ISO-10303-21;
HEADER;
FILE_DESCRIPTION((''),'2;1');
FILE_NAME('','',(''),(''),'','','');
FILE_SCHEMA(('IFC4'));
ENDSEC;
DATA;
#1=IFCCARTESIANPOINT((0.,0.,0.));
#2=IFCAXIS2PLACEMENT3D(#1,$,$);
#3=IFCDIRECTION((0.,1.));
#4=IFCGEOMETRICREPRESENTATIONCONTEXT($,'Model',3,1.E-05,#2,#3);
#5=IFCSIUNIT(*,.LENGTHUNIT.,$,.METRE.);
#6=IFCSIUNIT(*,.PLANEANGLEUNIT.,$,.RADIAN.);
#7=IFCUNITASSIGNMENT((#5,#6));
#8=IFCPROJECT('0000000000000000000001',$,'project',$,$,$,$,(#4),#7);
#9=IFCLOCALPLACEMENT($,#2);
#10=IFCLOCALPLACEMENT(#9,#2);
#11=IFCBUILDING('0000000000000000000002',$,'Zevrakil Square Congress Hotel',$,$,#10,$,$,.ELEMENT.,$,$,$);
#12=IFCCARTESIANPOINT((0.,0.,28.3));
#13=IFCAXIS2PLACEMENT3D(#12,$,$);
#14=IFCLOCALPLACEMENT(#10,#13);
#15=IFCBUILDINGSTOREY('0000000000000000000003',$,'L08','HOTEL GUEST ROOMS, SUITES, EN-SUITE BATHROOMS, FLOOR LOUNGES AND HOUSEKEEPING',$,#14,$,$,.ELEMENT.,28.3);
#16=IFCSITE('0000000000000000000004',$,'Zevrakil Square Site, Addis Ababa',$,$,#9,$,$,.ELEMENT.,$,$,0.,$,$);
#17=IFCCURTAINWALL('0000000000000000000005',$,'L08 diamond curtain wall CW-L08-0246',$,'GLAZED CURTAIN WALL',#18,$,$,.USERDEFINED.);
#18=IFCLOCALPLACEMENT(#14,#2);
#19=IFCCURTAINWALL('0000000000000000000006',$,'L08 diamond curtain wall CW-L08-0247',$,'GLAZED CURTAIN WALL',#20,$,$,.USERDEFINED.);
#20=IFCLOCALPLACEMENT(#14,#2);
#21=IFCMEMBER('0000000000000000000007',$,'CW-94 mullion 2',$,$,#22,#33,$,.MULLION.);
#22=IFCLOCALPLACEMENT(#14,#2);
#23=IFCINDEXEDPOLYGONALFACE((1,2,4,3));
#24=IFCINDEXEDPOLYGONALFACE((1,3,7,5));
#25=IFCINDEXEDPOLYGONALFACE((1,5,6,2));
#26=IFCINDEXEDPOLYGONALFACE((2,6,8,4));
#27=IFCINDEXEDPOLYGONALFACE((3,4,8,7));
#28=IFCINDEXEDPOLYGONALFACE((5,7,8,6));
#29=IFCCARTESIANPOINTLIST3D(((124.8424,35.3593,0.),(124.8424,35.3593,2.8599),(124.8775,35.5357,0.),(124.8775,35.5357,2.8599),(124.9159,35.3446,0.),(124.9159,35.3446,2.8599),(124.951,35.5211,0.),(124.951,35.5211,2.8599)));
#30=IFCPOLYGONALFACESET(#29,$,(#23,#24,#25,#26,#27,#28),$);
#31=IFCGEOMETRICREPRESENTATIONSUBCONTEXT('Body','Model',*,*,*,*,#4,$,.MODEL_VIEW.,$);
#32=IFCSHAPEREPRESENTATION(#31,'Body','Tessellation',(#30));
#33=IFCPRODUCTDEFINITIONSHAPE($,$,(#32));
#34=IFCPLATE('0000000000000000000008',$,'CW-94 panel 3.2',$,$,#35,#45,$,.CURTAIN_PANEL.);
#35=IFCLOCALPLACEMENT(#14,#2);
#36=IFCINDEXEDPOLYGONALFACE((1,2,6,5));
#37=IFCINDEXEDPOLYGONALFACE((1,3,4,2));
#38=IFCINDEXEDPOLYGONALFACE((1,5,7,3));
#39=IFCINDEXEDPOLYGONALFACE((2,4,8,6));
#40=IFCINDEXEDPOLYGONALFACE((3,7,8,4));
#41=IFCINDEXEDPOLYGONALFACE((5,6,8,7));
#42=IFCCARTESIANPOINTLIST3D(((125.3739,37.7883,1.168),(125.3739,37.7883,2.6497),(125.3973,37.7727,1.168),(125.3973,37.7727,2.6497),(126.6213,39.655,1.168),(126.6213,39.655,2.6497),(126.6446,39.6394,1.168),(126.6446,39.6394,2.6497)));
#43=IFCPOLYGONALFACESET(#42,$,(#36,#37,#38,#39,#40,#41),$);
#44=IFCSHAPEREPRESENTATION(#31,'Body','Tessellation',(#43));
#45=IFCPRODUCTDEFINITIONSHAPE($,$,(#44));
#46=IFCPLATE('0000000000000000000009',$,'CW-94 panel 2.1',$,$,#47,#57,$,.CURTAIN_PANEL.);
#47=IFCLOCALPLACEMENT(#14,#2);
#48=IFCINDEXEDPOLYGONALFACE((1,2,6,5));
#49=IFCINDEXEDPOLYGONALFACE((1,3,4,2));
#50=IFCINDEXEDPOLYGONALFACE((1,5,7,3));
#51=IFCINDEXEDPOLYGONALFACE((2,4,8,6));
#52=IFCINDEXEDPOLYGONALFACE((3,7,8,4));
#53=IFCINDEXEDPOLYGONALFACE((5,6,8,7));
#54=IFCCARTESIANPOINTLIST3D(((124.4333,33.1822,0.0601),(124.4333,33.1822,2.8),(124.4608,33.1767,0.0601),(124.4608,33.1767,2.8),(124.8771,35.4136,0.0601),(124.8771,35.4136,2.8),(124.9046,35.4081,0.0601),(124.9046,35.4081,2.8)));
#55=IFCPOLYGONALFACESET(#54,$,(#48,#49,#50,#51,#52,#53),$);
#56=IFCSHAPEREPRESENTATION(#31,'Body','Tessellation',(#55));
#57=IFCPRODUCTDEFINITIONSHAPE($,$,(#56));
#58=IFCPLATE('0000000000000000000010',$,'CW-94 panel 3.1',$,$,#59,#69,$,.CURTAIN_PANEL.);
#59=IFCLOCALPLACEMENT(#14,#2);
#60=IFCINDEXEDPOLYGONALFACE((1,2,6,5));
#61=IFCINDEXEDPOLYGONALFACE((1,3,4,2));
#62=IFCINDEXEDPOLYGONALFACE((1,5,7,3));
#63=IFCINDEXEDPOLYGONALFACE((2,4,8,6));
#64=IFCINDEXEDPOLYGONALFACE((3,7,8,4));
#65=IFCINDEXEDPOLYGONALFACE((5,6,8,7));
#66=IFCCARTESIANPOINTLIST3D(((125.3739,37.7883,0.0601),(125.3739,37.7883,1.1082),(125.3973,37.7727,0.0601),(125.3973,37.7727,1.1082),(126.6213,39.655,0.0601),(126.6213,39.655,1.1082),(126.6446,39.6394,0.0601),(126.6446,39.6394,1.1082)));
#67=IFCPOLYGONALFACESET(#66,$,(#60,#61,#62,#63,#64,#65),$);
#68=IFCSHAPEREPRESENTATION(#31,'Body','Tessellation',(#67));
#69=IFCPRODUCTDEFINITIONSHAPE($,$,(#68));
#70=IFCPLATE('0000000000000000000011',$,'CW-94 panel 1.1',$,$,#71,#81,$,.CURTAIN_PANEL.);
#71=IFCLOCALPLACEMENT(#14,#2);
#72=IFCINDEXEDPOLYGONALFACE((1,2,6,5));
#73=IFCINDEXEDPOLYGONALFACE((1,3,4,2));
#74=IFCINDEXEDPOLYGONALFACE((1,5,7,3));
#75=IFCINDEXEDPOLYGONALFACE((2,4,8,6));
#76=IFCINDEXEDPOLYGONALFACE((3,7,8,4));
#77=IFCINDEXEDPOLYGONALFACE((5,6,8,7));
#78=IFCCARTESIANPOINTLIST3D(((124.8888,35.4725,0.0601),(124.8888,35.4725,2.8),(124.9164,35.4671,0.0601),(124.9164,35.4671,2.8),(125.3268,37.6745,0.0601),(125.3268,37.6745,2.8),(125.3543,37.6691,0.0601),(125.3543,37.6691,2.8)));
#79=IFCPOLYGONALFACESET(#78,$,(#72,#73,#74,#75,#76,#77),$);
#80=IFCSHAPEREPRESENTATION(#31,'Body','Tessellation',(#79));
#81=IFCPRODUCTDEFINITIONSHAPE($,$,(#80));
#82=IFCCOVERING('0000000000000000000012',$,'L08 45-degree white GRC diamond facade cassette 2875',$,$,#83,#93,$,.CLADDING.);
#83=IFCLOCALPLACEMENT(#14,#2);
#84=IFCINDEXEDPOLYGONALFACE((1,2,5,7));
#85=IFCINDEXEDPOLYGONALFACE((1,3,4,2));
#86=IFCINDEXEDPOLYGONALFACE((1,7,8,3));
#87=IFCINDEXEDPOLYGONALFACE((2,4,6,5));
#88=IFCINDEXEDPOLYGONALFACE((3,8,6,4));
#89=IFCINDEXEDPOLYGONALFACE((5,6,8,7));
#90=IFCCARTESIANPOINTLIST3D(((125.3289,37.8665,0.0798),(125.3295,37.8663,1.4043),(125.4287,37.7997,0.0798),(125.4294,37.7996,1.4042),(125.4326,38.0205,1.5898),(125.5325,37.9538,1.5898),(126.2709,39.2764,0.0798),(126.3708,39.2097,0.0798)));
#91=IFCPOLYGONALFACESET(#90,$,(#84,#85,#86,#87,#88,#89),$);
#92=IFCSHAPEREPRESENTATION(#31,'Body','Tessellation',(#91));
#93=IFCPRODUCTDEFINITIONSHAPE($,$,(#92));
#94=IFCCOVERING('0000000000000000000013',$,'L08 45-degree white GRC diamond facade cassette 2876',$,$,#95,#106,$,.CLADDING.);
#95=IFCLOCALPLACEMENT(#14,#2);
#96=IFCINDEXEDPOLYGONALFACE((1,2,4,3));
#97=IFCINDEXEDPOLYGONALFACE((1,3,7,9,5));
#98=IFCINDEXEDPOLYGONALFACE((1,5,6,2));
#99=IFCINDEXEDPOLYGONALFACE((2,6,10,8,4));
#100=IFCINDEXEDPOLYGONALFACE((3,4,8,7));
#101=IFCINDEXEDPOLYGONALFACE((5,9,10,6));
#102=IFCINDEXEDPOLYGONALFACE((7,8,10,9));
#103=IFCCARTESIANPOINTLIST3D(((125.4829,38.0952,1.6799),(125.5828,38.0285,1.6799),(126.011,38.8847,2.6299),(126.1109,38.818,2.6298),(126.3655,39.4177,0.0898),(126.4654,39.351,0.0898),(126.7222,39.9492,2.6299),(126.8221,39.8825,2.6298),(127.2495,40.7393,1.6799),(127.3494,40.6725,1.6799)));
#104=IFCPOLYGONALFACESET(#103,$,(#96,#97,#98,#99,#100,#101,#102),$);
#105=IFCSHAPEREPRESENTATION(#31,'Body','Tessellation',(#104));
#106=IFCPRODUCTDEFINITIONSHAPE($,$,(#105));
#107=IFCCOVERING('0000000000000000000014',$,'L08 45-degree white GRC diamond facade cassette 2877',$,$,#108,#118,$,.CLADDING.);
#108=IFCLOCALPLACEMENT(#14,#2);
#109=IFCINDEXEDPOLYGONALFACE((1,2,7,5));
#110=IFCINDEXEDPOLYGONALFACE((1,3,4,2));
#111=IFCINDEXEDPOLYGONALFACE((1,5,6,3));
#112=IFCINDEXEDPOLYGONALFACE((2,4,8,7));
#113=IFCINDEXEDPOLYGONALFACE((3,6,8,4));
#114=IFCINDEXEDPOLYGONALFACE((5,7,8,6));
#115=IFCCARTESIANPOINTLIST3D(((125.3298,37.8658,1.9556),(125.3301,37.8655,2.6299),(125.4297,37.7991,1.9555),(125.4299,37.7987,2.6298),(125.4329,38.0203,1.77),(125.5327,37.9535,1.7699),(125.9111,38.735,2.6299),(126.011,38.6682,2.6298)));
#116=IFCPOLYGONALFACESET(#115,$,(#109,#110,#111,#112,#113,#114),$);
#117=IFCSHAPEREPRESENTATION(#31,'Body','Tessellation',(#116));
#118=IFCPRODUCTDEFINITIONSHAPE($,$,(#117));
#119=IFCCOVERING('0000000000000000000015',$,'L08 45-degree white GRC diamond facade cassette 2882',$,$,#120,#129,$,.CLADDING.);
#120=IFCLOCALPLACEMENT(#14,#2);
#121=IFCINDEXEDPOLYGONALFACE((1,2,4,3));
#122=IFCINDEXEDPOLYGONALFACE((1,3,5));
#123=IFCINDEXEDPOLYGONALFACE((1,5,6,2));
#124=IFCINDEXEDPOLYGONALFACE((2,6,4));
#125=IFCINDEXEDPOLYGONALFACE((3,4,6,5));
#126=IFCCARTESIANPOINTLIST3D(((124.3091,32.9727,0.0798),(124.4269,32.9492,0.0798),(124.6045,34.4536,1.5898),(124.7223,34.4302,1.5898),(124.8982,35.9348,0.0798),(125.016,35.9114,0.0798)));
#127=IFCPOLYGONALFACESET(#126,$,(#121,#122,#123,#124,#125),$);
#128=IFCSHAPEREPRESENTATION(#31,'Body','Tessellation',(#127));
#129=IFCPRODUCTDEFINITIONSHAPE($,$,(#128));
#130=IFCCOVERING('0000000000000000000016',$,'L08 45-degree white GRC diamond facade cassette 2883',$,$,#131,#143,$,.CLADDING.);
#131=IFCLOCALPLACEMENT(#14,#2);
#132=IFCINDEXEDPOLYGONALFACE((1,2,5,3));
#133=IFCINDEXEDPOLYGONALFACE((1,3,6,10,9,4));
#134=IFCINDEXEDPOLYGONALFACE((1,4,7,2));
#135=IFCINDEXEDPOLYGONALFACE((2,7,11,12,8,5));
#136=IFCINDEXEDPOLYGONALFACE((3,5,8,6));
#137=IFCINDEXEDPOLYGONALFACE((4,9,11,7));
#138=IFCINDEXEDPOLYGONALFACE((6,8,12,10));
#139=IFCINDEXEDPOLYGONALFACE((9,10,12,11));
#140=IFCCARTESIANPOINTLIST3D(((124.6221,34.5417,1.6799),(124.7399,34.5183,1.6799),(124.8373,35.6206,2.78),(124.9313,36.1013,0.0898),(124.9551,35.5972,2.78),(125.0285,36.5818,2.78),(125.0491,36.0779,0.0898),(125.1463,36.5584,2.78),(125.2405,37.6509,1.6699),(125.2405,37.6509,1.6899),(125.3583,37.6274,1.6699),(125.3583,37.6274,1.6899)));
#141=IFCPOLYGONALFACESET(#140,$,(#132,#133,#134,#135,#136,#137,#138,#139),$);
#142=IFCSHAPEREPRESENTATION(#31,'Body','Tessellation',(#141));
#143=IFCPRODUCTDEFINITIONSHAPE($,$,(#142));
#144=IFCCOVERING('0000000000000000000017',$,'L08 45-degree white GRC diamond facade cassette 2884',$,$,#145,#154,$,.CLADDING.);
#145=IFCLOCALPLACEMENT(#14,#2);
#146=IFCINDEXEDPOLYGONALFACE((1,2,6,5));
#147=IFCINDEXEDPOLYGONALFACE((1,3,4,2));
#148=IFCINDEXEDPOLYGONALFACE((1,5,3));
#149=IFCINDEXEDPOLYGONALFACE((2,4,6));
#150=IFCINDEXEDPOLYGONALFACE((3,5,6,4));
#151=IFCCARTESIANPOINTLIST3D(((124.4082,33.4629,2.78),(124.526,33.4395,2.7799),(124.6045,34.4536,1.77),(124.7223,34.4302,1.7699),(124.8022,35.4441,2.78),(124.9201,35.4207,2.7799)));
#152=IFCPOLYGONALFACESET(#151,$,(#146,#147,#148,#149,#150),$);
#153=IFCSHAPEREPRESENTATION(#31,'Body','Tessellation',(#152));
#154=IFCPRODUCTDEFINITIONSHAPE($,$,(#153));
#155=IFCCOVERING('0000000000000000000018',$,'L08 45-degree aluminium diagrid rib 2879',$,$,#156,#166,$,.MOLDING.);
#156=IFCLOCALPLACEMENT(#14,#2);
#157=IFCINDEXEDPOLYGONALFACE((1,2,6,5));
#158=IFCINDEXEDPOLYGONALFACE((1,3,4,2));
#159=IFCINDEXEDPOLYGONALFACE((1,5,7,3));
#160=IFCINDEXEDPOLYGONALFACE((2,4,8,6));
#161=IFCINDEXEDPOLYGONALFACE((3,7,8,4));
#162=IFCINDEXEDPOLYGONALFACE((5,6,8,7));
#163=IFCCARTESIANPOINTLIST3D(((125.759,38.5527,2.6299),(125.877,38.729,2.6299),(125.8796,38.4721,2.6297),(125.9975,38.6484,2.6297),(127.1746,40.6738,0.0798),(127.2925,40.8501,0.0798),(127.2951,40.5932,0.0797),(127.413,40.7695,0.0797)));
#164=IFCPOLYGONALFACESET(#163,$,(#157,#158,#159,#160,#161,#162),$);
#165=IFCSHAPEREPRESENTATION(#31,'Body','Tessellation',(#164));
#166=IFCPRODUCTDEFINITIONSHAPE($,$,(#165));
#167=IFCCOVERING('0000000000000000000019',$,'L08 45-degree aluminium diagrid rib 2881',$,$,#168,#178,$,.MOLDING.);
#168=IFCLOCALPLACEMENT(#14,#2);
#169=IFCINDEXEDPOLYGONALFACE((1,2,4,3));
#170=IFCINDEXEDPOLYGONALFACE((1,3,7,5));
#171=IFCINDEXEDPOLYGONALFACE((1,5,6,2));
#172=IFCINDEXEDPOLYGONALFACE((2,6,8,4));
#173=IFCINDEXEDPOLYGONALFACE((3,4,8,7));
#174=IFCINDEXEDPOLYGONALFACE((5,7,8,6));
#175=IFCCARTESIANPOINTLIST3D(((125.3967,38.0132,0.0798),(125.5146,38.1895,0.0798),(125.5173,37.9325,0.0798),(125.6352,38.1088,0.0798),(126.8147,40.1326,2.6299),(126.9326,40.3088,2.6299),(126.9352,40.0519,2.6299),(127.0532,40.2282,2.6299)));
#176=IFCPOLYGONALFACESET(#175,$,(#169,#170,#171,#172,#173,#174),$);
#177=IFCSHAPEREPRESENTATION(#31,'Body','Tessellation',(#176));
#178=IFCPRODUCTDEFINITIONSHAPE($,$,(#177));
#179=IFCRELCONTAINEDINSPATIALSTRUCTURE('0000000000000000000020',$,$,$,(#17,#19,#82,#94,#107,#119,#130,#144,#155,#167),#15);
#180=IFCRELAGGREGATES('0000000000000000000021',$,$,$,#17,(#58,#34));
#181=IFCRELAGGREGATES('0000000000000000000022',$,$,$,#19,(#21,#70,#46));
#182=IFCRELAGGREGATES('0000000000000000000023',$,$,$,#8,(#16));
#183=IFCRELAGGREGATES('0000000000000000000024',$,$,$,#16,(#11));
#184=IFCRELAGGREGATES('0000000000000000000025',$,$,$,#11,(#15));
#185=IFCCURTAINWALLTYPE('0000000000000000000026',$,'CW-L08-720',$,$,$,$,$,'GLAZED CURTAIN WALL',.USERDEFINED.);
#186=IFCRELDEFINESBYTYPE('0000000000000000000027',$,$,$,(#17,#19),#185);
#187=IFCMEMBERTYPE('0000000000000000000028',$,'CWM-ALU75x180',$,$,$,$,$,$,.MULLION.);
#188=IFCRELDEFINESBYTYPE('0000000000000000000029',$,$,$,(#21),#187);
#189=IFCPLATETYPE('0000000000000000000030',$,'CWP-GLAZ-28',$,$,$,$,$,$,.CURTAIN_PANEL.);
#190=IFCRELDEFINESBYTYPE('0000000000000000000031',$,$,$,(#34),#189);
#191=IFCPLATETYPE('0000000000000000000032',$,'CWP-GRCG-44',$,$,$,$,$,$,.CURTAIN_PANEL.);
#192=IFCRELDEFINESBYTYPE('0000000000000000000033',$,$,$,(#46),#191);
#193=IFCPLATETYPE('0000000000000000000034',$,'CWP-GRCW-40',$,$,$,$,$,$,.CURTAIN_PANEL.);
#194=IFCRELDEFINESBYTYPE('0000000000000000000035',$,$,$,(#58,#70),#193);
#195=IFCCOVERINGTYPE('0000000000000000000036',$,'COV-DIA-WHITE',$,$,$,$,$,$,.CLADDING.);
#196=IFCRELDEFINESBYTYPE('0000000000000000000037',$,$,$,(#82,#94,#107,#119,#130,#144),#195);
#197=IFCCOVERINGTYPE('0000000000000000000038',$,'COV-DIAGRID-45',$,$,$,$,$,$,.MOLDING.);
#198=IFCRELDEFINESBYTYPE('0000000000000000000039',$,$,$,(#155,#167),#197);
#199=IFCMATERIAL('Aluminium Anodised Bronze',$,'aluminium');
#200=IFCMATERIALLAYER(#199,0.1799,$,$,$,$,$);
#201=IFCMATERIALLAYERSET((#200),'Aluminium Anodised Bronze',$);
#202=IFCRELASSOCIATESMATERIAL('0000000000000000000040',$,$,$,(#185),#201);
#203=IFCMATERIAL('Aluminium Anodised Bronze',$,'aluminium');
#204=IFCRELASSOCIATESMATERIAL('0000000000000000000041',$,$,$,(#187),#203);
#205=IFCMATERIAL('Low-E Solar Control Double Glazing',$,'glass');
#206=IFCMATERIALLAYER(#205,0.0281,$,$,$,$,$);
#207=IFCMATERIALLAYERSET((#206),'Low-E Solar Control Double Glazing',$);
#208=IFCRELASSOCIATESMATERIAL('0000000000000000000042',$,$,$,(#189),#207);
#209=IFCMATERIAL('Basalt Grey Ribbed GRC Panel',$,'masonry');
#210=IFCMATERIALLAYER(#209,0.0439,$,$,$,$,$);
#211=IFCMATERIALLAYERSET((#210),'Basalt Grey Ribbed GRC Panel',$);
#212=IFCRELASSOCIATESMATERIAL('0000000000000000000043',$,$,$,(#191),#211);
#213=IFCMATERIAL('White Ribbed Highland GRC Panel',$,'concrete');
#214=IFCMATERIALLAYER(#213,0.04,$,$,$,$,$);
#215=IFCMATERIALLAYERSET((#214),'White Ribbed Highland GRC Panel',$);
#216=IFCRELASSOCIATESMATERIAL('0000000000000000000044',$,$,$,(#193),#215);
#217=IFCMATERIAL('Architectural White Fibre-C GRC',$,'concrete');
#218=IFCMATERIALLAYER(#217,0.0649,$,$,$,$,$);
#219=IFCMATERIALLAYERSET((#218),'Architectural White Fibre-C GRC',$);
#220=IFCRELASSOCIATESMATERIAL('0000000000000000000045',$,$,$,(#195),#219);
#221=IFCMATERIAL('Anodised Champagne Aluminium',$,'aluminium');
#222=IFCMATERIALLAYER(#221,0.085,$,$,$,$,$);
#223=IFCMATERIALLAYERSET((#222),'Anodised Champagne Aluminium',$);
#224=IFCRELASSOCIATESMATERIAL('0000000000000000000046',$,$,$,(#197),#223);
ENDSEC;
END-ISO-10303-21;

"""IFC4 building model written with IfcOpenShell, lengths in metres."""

from ifc_helpers import new_model, si_unit, direction, frame, origin, origin_2d, place, context, subcontext, project, spatial, polyline, rectangle, outline, extrude, material, layer, layer_set, material_profile, profile_set, type_object, element, aggregate, save


model = new_model("IFC4")

# Units and contexts
model_context = context("Model", 3, precision=1e-05, world=origin(), true_north=direction((0.0, 1.0)))
body_context = subcontext(model_context, "Body", "Model", "MODEL_VIEW")
ifc_project = project(units=[si_unit("LENGTHUNIT", "METRE"), si_unit("PLANEANGLEUNIT", "RADIAN")], contexts=[model_context])

# Site, building, storey
site_placement = place(None, origin())
site = spatial("IfcSite", under=ifc_project, at=site_placement, Name="Zevrakil Square Site, Addis Ababa", CompositionType="ELEMENT", RefElevation=0.0)
building_placement = place(site_placement, origin())
building = spatial("IfcBuilding", under=site, at=building_placement, Name="Zevrakil Square Congress Hotel", CompositionType="ELEMENT")
storey_placement = place(building_placement, frame((0.0, 0.0, 28.3)))
storey = spatial("IfcBuildingStorey", under=building, at=storey_placement, Name="L08", Description="HOTEL GUEST ROOMS, SUITES, EN-SUITE BATHROOMS, FLOOR LOUNGES AND HOUSEKEEPING", CompositionType="ELEMENT", Elevation=28.3)

# Curtain walls
ifc_material_1 = material(Name="Aluminium Anodised Bronze", Category="aluminium")
ifc_layer_1 = layer(ifc_material_1, 0.1799)
ifc_layer_set_1 = layer_set([ifc_layer_1], Name="Aluminium Anodised Bronze")
curtain_wall_type = type_object("IfcCurtainWallType", Name="CW-L08-720", ElementType="GLAZED CURTAIN WALL", PredefinedType="USERDEFINED", material=ifc_layer_set_1)
curtain_wall_1_placement = place(storey_placement, origin())
curtain_wall_1 = element("IfcCurtainWall", 1, at=curtain_wall_1_placement, inside=storey, type_object=curtain_wall_type, Name="L08 diamond curtain wall CW-L08-0246", ObjectType="GLAZED CURTAIN WALL", PredefinedType="USERDEFINED")
curtain_wall_2_placement = place(storey_placement, origin())
curtain_wall_2 = element("IfcCurtainWall", 2, at=curtain_wall_2_placement, inside=storey, type_object=curtain_wall_type, Name="L08 diamond curtain wall CW-L08-0247", ObjectType="GLAZED CURTAIN WALL", PredefinedType="USERDEFINED")

# Member
ifc_material_2 = material(Name="Aluminium Anodised Bronze", Category="aluminium")
ifc_material_profile_1 = material_profile(ifc_material_2, rectangle(XDim=0.075, YDim=0.1799, at=origin_2d()), Name="ALU 75x180")
ifc_profile_set_1 = profile_set([ifc_material_profile_1], Name="Aluminium Anodised Bronze")
member_type_1 = type_object("IfcMemberType", Name="CWM-ALU75x180", PredefinedType="MULLION", material=ifc_profile_set_1)
member_1_placement = place(storey_placement, frame((124.8967, 35.4402, 0.0), z_axis=(0.0, 0.0, 1.0), x_axis=(0.980787, -0.195084, 0.0)))
member_1 = element("IfcMember", 3, at=member_1_placement, type_object=member_type_1, Name="CW-94 mullion 2", PredefinedType="MULLION", context=body_context, shape_type="SweptSolid", body=[
    extrude(rectangle(XDim=0.075, YDim=0.1799, at=origin_2d()), origin(), (0.0, 0.0, 1.0), 2.8599),
])

# Plates
ifc_material_3 = material(Name="Low-E Solar Control Double Glazing", Category="glass")
ifc_layer_2 = layer(ifc_material_3, 0.0281)
ifc_layer_set_2 = layer_set([ifc_layer_2], Name="Low-E Solar Control Double Glazing")
plate_type_1 = type_object("IfcPlateType", Name="CWP-GLAZ-28", PredefinedType="CURTAIN_PANEL", material=ifc_layer_set_2)
plate_1_placement = place(storey_placement, frame((126.0093, 38.7139, 1.168), z_axis=(0.0, 0.0, 1.0), x_axis=(-0.555576, -0.831466, 0.0)))
plate_1 = element("IfcPlate", 4, at=plate_1_placement, type_object=plate_type_1, Name="CW-94 panel 3.2", PredefinedType="CURTAIN_PANEL", context=body_context, shape_type="SweptSolid", body=[
    extrude(rectangle(XDim=2.2451, YDim=0.0281, at=origin_2d()), origin(), (0.0, 0.0, 1.0), 1.4817),
])
ifc_material_4 = material(Name="Basalt Grey Ribbed GRC Panel", Category="masonry")
ifc_layer_3 = layer(ifc_material_4, 0.0439)
ifc_layer_set_3 = layer_set([ifc_layer_3], Name="Basalt Grey Ribbed GRC Panel")
plate_type_2 = type_object("IfcPlateType", Name="CWP-GRCG-44", PredefinedType="CURTAIN_PANEL", material=ifc_layer_set_3)
plate_2_placement = place(storey_placement, frame((124.6689, 34.2952, 0.0601), z_axis=(0.0, 0.0, 1.0), x_axis=(-0.195084, -0.980787, 0.0)))
plate_2 = element("IfcPlate", 5, at=plate_2_placement, type_object=plate_type_2, Name="CW-94 panel 2.1", PredefinedType="CURTAIN_PANEL", context=body_context, shape_type="SweptSolid", body=[
    extrude(rectangle(XDim=2.2751, YDim=0.0281, at=origin_2d()), origin(), (0.0, 0.0, 1.0), 2.74),
])
ifc_material_5 = material(Name="White Ribbed Highland GRC Panel", Category="concrete")
ifc_layer_4 = layer(ifc_material_5, 0.04)
ifc_layer_set_4 = layer_set([ifc_layer_4], Name="White Ribbed Highland GRC Panel")
plate_type_3 = type_object("IfcPlateType", Name="CWP-GRCW-40", PredefinedType="CURTAIN_PANEL", material=ifc_layer_set_4)
plate_3_placement = place(storey_placement, frame((126.0093, 38.7139, 0.0601), z_axis=(0.0, 0.0, 1.0), x_axis=(-0.555576, -0.831466, 0.0)))
plate_3 = element("IfcPlate", 6, at=plate_3_placement, type_object=plate_type_3, Name="CW-94 panel 3.1", PredefinedType="CURTAIN_PANEL", context=body_context, shape_type="SweptSolid", body=[
    extrude(rectangle(XDim=2.2451, YDim=0.0281, at=origin_2d()), origin(), (0.0, 0.0, 1.0), 1.0481),
])
aggregate(curtain_wall_1, [plate_3, plate_1])
plate_4_placement = place(storey_placement, frame((125.1216, 36.5708, 0.0601), z_axis=(0.0, 0.0, 1.0), x_axis=(-0.195084, -0.980787, 0.0)))
plate_4 = element("IfcPlate", 7, at=plate_4_placement, type_object=plate_type_3, Name="CW-94 panel 1.1", PredefinedType="CURTAIN_PANEL", context=body_context, shape_type="SweptSolid", body=[
    extrude(rectangle(XDim=2.2451, YDim=0.0281, at=origin_2d()), origin(), (0.0, 0.0, 1.0), 2.74),
])
aggregate(curtain_wall_2, [member_1, plate_4, plate_2])

# Coverings
ifc_material_6 = material(Name="Architectural White Fibre-C GRC", Category="concrete")
ifc_layer_5 = layer(ifc_material_6, 0.0649)
ifc_layer_set_5 = layer_set([ifc_layer_5], Name="Architectural White Fibre-C GRC")
covering_type_1 = type_object("IfcCoveringType", Name="COV-DIA-WHITE", PredefinedType="CLADDING", material=ifc_layer_set_5)
covering_1_placement = place(storey_placement, frame((125.4326, 38.0205, 1.5898), z_axis=(-0.831496, 0.555531, 0.00046), x_axis=(-0.393074, -0.587752, -0.707135)))
element("IfcCovering", 8, at=covering_1_placement, inside=storey, type_object=covering_type_1, Name="L08 45-degree white GRC diamond facade cassette 2875", PredefinedType="CLADDING", context=body_context, shape_type="SweptSolid", body=[
    extrude(outline(polyline([(0.0, 0.0), (0.2624, 0.0), (1.1991, -0.9364), (0.0001, -2.1355), (0.0, 0.0)])), origin(), (0.0, 0.0, -1.0), 0.1201),
])
covering_2_placement = place(storey_placement, frame((125.4829, 38.0952, 1.6799), z_axis=(-0.831484, 0.555548, 0.000512), x_axis=(0.392514, 0.588125, -0.707136)))
element("IfcCovering", 9, at=covering_2_placement, inside=storey, type_object=covering_type_1, Name="L08 45-degree white GRC diamond facade cassette 2876", PredefinedType="CLADDING", context=body_context, shape_type="SweptSolid", body=[
    extrude(outline(polyline([(0.0, 0.0), (2.2486, 0.0), (2.2484, -2.2486), (0.9051, -2.2486), (-0.0001, -1.3434), (0.0, 0.0)])), origin(), (0.0, 0.0, -1.0), 0.1201),
])
covering_3_placement = place(storey_placement, frame((125.4329, 38.0203, 1.77), z_axis=(-0.831448, 0.555602, 0.000628), x_axis=(0.393259, 0.587705, 0.707072)))
element("IfcCovering", 10, at=covering_3_placement, inside=storey, type_object=covering_type_1, Name="L08 45-degree white GRC diamond facade cassette 2877", PredefinedType="CLADDING", context=body_context, shape_type="SweptSolid", body=[
    extrude(outline(polyline([(0.0, 0.0), (1.2161, 0.0), (0.4766, -0.7394), (-0.0001, -0.2625), (0.0, 0.0)])), origin(), (0.0, 0.0, -1.0), 0.1201),
])
covering_4_placement = place(storey_placement, frame((124.6045, 34.4536, 1.5898), z_axis=(-0.980791, 0.195059, 0.000571), x_axis=(-0.138329, -0.693474, -0.707078)))
element("IfcCovering", 11, at=covering_4_placement, inside=storey, type_object=covering_type_1, Name="L08 45-degree white GRC diamond facade cassette 2882", PredefinedType="CLADDING", context=body_context, shape_type="SweptSolid", body=[
    extrude(outline(polyline([(0.0, 0.0), (2.1356, 0.0), (-0.0001, -2.1355), (0.0, 0.0)])), origin(), (0.0, 0.0, -1.0), 0.1201),
])
covering_5_placement = place(storey_placement, frame((124.6221, 34.5417, 1.6799), z_axis=(-0.980788, 0.195077, 0.000594), x_axis=(0.137523, 0.693574, -0.707137)))
element("IfcCovering", 12, at=covering_5_placement, inside=storey, type_object=covering_type_1, Name="L08 45-degree white GRC diamond facade cassette 2883", PredefinedType="CLADDING", context=body_context, shape_type="SweptSolid", body=[
    extrude(outline(polyline([(0.0, 0.0), (2.2486, 0.0), (2.2485, -2.2346), (2.2344, -2.2487), (0.6929, -2.2488), (0.0, -1.5558), (0.0, 0.0)])), origin(), (0.0, 0.0, -1.0), 0.1201),
])
covering_6_placement = place(storey_placement, frame((124.6045, 34.4536, 1.77), z_axis=(-0.980789, 0.19507, 0.000735), x_axis=(0.138446, 0.693427, 0.707101)))
element("IfcCovering", 13, at=covering_6_placement, inside=storey, type_object=covering_type_1, Name="L08 45-degree white GRC diamond facade cassette 2884", PredefinedType="CLADDING", context=body_context, shape_type="SweptSolid", body=[
    extrude(outline(polyline([(0.0, 0.0), (1.4284, 0.0), (0.0, -1.4283), (0.0, 0.0)])), origin(), (0.0, 0.0, -1.0), 0.1201),
])
ifc_material_7 = material(Name="Anodised Champagne Aluminium", Category="aluminium")
ifc_layer_6 = layer(ifc_material_7, 0.085)
ifc_layer_set_6 = layer_set([ifc_layer_6], Name="Anodised Champagne Aluminium")
covering_type_2 = type_object("IfcCoveringType", Name="COV-DIAGRID-45", PredefinedType="MOLDING", material=ifc_layer_set_6)
covering_7_placement = place(storey_placement, frame((127.1746, 40.6738, 0.0798), z_axis=(-0.831163, 0.556027, 0.001118), x_axis=(0.556028, 0.831164, 0.0)))
element("IfcCovering", 14, at=covering_7_placement, inside=storey, type_object=covering_type_2, Name="L08 45-degree aluminium diagrid rib 2879", PredefinedType="MOLDING", context=body_context, shape_type="SweptSolid", body=[
    extrude(outline(polyline([(0.0, 0.0), (0.2121, 0.0), (-2.338, -2.5501), (-2.55, -2.5501), (0.0, 0.0)])), origin(), (0.0, 0.0, -1.0), 0.145),
])
covering_8_placement = place(storey_placement, frame((126.9326, 40.3088, 2.6299), z_axis=(-0.831164, 0.556028, 0.00005), x_axis=(-0.556028, -0.831164, 0.0)))
element("IfcCovering", 15, at=covering_8_placement, inside=storey, type_object=covering_type_2, Name="L08 45-degree aluminium diagrid rib 2881", PredefinedType="MOLDING", context=body_context, shape_type="SweptSolid", body=[
    extrude(outline(polyline([(0.0, 0.0), (0.2121, 0.0), (2.7621, -2.55), (2.55, -2.55), (0.0, 0.0)])), origin(), (0.0, 0.0, -1.0), 0.145),
])

save(model, "model.ifc")
